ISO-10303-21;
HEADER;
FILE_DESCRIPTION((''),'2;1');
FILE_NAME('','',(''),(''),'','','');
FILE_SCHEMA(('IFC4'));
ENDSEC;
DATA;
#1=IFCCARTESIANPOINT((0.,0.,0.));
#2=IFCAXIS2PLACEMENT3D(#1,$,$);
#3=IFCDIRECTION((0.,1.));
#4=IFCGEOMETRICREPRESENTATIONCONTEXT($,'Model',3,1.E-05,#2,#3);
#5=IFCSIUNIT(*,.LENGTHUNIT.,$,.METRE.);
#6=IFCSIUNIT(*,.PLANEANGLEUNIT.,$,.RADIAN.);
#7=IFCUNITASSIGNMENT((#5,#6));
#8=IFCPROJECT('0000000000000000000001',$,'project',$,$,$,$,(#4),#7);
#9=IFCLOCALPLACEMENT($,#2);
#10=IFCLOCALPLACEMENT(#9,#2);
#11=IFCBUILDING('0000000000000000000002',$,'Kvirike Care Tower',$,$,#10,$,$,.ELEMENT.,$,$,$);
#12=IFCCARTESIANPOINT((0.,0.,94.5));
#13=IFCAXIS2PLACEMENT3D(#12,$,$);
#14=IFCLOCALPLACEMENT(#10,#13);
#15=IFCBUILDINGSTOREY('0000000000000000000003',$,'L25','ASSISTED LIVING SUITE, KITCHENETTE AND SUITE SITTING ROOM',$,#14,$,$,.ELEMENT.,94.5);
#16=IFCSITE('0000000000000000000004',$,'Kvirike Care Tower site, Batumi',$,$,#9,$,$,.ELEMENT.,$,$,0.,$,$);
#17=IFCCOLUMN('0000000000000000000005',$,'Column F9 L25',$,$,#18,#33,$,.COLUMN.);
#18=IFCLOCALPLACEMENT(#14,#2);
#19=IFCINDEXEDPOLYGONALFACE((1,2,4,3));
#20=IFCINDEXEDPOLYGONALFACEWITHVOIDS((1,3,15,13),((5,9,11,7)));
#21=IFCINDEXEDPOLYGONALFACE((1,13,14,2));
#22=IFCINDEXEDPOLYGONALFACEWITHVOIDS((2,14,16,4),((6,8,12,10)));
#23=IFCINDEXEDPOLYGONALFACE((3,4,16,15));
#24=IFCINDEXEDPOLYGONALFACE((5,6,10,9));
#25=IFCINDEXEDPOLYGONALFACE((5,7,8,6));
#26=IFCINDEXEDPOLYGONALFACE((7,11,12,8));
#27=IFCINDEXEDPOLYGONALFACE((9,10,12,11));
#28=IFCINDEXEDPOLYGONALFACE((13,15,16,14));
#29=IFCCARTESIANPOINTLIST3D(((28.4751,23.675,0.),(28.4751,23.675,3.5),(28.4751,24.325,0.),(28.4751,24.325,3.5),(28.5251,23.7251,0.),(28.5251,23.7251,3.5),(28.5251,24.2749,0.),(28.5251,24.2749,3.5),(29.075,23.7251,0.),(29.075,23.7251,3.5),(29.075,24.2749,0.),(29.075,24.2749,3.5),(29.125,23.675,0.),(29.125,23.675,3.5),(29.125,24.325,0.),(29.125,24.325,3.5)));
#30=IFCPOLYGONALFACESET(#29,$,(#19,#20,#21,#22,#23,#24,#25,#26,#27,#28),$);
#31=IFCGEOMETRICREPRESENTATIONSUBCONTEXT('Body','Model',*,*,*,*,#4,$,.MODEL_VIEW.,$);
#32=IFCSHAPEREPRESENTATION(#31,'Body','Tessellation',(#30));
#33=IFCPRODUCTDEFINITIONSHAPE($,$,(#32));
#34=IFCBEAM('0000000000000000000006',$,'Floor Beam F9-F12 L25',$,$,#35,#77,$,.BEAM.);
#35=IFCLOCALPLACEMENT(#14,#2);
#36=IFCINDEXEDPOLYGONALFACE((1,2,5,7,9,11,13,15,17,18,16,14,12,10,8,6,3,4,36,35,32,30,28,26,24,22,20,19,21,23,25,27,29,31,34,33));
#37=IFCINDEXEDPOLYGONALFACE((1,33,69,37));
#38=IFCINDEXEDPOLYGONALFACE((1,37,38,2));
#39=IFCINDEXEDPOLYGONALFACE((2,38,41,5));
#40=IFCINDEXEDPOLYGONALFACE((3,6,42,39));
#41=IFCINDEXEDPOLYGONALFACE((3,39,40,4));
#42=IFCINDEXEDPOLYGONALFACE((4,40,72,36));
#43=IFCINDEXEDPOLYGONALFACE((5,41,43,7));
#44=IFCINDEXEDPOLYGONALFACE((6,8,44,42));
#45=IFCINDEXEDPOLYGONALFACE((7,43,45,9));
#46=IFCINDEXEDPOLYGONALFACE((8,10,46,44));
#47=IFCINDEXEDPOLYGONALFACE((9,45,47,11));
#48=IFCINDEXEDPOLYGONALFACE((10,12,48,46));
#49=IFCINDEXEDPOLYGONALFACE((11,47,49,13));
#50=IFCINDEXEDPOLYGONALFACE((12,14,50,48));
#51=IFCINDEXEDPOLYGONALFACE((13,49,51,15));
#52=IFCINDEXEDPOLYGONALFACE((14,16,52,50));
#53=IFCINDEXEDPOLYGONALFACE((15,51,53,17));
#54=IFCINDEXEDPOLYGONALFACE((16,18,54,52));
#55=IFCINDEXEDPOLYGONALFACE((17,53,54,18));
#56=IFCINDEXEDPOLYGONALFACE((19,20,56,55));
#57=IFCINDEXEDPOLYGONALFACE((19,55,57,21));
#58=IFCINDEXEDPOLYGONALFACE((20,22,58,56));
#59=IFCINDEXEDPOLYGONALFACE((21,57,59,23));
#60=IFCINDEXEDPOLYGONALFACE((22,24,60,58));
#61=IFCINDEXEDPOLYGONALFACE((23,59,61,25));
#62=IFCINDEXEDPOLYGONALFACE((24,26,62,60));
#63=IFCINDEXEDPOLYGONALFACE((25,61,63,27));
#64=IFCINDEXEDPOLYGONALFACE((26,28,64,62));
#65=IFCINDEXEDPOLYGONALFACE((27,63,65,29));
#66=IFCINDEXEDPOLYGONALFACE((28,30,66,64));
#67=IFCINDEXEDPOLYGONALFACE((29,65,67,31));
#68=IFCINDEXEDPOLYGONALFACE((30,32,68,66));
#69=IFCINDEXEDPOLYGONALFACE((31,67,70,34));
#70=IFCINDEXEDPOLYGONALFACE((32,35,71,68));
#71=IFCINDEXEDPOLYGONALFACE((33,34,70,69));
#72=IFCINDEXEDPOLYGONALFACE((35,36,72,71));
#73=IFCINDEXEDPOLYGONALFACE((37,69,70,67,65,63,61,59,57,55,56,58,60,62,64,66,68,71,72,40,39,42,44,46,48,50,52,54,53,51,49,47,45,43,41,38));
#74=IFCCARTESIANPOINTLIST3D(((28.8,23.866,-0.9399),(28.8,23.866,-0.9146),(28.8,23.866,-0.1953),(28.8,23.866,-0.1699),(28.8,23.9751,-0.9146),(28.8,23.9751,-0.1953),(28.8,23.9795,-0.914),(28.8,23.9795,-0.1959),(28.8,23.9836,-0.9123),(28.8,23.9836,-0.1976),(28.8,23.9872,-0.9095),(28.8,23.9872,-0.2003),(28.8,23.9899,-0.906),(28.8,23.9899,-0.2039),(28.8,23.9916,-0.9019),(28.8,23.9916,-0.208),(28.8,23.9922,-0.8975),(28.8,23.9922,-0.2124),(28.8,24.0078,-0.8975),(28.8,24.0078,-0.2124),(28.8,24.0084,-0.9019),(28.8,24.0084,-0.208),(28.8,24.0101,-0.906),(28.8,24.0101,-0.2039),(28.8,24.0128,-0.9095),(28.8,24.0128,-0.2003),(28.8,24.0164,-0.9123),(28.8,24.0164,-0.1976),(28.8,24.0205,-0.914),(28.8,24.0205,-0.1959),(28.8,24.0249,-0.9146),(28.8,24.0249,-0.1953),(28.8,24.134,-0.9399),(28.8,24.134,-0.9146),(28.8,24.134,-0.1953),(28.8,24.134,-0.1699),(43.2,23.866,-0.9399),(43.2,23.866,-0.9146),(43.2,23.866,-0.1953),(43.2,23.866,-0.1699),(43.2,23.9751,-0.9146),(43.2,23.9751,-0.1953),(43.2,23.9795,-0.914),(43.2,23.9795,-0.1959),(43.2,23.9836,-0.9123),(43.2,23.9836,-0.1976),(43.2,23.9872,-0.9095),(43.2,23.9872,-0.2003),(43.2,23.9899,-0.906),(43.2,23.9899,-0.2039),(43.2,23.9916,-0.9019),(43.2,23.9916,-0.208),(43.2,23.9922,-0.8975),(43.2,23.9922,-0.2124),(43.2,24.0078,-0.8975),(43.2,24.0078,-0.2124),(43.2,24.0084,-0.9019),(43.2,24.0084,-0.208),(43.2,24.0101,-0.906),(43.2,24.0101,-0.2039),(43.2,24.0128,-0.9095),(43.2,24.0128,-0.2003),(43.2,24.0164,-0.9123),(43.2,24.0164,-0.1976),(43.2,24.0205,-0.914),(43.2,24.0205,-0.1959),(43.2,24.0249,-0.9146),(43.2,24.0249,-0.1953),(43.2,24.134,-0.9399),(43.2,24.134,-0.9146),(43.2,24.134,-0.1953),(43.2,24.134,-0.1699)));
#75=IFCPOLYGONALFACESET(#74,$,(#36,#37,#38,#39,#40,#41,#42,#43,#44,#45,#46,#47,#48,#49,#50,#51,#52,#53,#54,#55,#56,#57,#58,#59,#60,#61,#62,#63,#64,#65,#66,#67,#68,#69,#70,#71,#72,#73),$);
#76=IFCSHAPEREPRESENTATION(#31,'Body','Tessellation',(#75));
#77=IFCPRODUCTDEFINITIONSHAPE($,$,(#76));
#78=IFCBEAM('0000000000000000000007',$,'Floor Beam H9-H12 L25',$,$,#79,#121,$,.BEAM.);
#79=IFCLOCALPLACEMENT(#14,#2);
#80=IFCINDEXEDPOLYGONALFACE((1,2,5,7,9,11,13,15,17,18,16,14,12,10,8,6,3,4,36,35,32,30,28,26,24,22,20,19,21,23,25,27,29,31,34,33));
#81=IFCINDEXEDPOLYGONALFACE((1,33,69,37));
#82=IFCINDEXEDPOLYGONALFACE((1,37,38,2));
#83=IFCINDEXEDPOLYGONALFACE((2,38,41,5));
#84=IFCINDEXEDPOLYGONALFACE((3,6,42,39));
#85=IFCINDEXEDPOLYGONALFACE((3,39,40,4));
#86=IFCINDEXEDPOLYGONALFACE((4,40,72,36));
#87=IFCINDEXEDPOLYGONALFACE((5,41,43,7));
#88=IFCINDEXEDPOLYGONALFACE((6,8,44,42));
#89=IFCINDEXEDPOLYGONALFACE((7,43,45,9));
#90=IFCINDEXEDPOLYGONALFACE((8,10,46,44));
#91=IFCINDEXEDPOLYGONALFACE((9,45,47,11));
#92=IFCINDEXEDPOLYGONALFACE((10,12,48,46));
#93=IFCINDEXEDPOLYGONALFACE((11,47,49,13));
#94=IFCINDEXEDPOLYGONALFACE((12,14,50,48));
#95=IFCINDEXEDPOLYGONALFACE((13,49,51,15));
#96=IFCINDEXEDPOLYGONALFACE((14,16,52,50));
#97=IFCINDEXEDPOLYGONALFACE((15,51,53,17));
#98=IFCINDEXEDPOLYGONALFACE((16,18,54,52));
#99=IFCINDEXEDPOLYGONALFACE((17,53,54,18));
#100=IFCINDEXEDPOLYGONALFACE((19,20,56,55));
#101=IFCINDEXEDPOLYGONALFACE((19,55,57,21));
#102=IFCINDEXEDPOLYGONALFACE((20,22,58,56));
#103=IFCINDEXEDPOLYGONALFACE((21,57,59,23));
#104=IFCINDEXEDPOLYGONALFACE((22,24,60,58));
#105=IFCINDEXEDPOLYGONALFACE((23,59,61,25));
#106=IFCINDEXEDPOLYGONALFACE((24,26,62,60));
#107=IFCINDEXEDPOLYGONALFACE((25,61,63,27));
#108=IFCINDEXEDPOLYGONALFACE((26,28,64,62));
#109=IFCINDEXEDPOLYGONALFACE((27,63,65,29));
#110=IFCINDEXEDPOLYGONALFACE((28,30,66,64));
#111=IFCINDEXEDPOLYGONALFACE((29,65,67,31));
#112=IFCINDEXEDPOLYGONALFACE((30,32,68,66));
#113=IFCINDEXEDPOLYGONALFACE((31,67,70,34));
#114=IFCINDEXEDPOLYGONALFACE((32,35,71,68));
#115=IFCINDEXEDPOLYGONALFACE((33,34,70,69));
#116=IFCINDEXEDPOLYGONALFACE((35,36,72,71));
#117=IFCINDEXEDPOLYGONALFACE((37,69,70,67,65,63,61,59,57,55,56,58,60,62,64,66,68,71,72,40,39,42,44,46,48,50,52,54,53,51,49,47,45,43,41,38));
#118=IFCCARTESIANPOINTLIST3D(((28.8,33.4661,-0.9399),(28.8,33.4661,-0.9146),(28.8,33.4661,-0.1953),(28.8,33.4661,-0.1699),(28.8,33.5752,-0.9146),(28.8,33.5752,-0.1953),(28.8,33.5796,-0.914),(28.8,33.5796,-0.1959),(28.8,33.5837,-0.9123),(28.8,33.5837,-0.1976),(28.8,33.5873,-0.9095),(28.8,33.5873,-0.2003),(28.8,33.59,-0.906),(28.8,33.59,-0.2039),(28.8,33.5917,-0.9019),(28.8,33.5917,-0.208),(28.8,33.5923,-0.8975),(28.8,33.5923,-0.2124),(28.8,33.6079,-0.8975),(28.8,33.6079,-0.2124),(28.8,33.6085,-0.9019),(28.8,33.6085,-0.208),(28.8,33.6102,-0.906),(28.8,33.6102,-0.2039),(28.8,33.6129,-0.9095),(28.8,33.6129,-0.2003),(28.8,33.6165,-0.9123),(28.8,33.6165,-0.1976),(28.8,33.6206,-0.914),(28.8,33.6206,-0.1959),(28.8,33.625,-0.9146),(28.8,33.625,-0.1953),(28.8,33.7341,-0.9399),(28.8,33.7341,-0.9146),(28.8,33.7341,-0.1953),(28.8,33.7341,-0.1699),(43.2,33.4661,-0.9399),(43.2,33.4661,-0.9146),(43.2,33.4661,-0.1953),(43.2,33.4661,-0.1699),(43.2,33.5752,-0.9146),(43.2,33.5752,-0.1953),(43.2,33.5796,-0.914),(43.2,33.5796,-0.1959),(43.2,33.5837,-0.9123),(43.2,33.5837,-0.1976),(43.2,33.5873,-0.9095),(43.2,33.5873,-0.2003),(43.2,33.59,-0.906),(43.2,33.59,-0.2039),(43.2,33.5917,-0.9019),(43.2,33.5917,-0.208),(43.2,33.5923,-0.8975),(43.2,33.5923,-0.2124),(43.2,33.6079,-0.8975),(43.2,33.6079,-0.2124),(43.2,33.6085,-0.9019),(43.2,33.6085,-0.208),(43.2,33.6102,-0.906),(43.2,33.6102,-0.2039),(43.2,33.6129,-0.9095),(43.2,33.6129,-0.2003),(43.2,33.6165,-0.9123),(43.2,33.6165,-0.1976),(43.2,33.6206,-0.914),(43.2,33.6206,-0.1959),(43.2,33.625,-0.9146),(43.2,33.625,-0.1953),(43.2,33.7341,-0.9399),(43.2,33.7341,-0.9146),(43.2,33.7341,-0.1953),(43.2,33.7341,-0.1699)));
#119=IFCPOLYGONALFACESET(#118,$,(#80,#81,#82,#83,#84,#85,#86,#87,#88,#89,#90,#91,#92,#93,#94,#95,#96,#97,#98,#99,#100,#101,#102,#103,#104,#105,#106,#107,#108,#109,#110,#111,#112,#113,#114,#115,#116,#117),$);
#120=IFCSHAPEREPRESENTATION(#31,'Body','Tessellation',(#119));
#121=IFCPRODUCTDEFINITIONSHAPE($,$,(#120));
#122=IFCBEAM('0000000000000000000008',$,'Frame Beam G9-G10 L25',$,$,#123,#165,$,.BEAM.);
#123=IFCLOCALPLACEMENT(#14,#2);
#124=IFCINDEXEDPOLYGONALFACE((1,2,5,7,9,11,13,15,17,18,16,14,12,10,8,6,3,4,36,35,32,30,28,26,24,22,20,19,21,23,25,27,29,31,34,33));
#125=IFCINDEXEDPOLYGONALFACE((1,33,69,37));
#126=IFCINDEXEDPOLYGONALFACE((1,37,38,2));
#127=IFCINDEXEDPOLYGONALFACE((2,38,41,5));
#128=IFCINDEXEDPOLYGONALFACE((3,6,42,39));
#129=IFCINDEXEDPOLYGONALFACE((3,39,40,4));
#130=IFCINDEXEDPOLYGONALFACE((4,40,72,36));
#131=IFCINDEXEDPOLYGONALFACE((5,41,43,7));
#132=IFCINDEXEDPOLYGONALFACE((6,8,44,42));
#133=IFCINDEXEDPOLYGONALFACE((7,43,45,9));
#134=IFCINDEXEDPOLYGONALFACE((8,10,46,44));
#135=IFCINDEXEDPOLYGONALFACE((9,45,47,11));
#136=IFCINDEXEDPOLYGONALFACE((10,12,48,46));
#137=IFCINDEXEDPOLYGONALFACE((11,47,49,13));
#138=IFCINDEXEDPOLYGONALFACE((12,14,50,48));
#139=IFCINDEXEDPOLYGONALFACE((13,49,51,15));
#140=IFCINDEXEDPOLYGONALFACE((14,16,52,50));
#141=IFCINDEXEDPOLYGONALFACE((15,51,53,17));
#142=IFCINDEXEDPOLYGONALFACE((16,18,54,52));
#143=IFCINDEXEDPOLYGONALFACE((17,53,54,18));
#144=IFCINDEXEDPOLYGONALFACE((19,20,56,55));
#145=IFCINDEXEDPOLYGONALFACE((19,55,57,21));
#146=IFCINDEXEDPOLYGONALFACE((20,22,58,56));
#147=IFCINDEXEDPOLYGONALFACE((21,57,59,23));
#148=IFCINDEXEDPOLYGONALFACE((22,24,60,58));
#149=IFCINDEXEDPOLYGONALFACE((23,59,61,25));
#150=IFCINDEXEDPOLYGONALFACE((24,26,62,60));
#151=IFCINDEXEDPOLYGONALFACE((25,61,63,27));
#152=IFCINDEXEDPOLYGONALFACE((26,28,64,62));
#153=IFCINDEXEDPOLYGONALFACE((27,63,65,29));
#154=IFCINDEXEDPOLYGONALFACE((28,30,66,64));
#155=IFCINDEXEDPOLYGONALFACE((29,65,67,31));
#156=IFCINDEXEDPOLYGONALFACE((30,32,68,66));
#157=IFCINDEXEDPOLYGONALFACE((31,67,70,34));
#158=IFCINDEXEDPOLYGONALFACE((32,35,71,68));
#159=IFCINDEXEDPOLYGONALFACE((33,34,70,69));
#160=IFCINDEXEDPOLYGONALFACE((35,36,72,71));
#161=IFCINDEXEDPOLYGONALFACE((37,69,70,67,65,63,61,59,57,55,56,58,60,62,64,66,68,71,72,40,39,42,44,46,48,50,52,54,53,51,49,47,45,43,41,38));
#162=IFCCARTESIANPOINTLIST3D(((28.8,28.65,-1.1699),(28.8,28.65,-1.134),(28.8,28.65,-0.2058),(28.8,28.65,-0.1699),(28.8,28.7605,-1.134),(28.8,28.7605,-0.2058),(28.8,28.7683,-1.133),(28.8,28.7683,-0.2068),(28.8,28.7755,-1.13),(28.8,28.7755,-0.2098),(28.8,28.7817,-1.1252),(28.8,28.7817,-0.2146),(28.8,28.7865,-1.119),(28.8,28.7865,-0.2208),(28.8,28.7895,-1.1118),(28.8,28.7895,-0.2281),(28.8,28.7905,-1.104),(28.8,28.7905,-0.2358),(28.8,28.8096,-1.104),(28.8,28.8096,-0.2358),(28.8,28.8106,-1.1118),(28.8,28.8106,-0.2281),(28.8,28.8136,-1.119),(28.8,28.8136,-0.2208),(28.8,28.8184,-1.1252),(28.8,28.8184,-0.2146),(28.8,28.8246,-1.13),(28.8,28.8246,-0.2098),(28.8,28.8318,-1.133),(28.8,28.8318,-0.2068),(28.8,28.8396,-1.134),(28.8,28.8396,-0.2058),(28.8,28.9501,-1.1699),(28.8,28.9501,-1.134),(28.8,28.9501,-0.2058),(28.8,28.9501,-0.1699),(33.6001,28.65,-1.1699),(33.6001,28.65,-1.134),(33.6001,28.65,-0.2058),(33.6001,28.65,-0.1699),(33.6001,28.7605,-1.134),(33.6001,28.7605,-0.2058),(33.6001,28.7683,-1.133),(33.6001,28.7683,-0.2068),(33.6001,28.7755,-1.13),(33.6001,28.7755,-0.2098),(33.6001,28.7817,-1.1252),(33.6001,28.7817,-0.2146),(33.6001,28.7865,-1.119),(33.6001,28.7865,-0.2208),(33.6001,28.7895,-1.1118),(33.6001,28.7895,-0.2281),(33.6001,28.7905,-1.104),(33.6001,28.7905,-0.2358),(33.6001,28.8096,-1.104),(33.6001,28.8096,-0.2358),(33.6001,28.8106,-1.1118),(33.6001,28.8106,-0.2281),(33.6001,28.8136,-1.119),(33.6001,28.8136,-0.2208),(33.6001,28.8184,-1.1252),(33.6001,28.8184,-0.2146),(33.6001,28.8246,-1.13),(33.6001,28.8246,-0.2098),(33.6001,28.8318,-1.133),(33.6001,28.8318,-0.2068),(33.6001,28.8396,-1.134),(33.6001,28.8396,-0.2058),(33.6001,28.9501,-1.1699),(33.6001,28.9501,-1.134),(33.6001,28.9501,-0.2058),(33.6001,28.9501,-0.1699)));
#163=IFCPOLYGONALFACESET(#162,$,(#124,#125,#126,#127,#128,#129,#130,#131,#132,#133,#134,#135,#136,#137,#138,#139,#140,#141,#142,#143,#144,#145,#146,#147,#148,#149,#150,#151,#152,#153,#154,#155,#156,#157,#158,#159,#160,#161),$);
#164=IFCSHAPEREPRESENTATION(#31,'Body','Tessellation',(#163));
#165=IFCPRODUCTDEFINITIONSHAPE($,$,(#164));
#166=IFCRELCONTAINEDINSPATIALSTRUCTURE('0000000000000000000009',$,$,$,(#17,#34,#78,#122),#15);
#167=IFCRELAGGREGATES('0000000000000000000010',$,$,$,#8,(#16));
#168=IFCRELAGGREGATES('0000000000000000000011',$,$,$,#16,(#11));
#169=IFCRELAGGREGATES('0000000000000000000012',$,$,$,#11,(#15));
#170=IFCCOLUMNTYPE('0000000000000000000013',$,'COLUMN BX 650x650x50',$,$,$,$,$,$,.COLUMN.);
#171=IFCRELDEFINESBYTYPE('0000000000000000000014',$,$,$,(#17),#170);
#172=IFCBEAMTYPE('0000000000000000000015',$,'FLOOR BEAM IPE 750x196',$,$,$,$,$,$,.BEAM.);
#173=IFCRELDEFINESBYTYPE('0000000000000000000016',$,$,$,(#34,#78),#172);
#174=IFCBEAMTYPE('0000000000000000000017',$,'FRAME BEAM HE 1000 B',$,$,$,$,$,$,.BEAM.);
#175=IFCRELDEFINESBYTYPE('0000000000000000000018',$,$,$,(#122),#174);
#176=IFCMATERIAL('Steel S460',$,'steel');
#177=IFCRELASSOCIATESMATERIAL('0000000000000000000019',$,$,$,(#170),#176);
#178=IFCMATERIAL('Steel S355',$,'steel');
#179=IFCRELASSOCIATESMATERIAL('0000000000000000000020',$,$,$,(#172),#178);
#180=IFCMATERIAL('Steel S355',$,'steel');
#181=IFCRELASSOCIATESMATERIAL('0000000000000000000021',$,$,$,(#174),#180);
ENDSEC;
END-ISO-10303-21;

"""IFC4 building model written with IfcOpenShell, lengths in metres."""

from ifc_helpers import new_model, si_unit, direction, frame, origin, origin_2d, place, context, subcontext, project, spatial, hollow_rectangle, i_section, extrude, material, material_profile, profile_set, type_object, element, save


model = new_model("IFC4")

# Units and contexts
model_context = context("Model", 3, precision=1e-05, world=origin(), true_north=direction((0.0, 1.0)))
body_context = subcontext(model_context, "Body", "Model", "MODEL_VIEW")
ifc_project = project(units=[si_unit("LENGTHUNIT", "METRE"), si_unit("PLANEANGLEUNIT", "RADIAN")], contexts=[model_context])

# Site, building, storey
site_placement = place(None, origin())
site = spatial("IfcSite", under=ifc_project, at=site_placement, Name="Kvirike Care Tower site, Batumi", CompositionType="ELEMENT", RefElevation=0.0)
building_placement = place(site_placement, origin())
building = spatial("IfcBuilding", under=site, at=building_placement, Name="Kvirike Care Tower", CompositionType="ELEMENT")
storey_placement = place(building_placement, frame((0.0, 0.0, 94.5)))
storey = spatial("IfcBuildingStorey", under=building, at=storey_placement, Name="L25", Description="ASSISTED LIVING SUITE, KITCHENETTE AND SUITE SITTING ROOM", CompositionType="ELEMENT", Elevation=94.5)

# Column
ifc_material_1 = material(Name="Steel S460", Category="steel")
ifc_material_profile_1 = material_profile(ifc_material_1, hollow_rectangle(XDim=0.6499, YDim=0.6499, WallThickness=0.05, at=origin_2d()), Name="BX 650x650x50")
ifc_profile_set_1 = profile_set([ifc_material_profile_1], Name="Steel S460")
column_type = type_object("IfcColumnType", Name="COLUMN BX 650x650x50", PredefinedType="COLUMN", material=ifc_profile_set_1)
column_placement = place(storey_placement, frame((28.8, 24.0, 0.0), z_axis=(0.0, 0.0, 1.0), x_axis=(1.0, 0.0, 0.0)))
element("IfcColumn", 1, at=column_placement, inside=storey, type_object=column_type, Name="Column F9 L25", PredefinedType="COLUMN", context=body_context, shape_type="SweptSolid", body=[
    extrude(hollow_rectangle(XDim=0.6499, YDim=0.6499, WallThickness=0.05, at=origin_2d()), origin(), (0.0, 0.0, 1.0), 3.5),
])

# Beams
ifc_material_2 = material(Name="Steel S355", Category="steel")
ifc_material_profile_2 = material_profile(ifc_material_2, i_section(OverallWidth=0.2681, OverallDepth=0.77, WebThickness=0.0156, FlangeThickness=0.0254, FilletRadius=0.0171, at=origin_2d()), Name="IPE 750x196")
ifc_profile_set_2 = profile_set([ifc_material_profile_2], Name="Steel S355")
beam_type_1 = type_object("IfcBeamType", Name="FLOOR BEAM IPE 750x196", PredefinedType="BEAM", material=ifc_profile_set_2)
for number, where, z_axis, x_axis, name in (
    (2, (28.8, 24.0, -0.5549), (1.0, 0.0, 0.0), (0.0, 1.0, 0.0), "Floor Beam F9-F12 L25"),
    (3, (28.8, 33.6001, -0.5549), (1.0, 0.0, 0.0), (0.0, 1.0, 0.0), "Floor Beam H9-H12 L25"),
):
    element("IfcBeam", number, at=place(storey_placement, frame(where, z_axis=z_axis, x_axis=x_axis)), inside=storey, type_object=beam_type_1, Name=name, PredefinedType="BEAM", context=body_context, shape_type="SweptSolid", body=[
        extrude(i_section(OverallWidth=0.2681, OverallDepth=0.77, WebThickness=0.0156, FlangeThickness=0.0254, FilletRadius=0.0171, at=origin_2d()), origin(), (0.0, 0.0, 1.0), 14.3999),
    ])
ifc_material_3 = material(Name="Steel S355", Category="steel")
ifc_material_profile_3 = material_profile(ifc_material_3, i_section(OverallWidth=0.3, OverallDepth=1.0, WebThickness=0.019, FlangeThickness=0.0359, FilletRadius=0.03, at=origin_2d()), Name="HE 1000 B")
ifc_profile_set_3 = profile_set([ifc_material_profile_3], Name="Steel S355")
beam_type_2 = type_object("IfcBeamType", Name="FRAME BEAM HE 1000 B", PredefinedType="BEAM", material=ifc_profile_set_3)
for number, where, z_axis, x_axis, name in (
    (4, (28.8, 28.8, -0.6699), (1.0, 0.0, 0.0), (0.0, 1.0, 0.0), "Frame Beam G9-G10 L25"),
):
    element("IfcBeam", number, at=place(storey_placement, frame(where, z_axis=z_axis, x_axis=x_axis)), inside=storey, type_object=beam_type_2, Name=name, PredefinedType="BEAM", context=body_context, shape_type="SweptSolid", body=[
        extrude(i_section(OverallWidth=0.3, OverallDepth=1.0, WebThickness=0.019, FlangeThickness=0.0359, FilletRadius=0.03, at=origin_2d()), origin(), (0.0, 0.0, 1.0), 4.8),
    ])

save(model, "model.ifc")
